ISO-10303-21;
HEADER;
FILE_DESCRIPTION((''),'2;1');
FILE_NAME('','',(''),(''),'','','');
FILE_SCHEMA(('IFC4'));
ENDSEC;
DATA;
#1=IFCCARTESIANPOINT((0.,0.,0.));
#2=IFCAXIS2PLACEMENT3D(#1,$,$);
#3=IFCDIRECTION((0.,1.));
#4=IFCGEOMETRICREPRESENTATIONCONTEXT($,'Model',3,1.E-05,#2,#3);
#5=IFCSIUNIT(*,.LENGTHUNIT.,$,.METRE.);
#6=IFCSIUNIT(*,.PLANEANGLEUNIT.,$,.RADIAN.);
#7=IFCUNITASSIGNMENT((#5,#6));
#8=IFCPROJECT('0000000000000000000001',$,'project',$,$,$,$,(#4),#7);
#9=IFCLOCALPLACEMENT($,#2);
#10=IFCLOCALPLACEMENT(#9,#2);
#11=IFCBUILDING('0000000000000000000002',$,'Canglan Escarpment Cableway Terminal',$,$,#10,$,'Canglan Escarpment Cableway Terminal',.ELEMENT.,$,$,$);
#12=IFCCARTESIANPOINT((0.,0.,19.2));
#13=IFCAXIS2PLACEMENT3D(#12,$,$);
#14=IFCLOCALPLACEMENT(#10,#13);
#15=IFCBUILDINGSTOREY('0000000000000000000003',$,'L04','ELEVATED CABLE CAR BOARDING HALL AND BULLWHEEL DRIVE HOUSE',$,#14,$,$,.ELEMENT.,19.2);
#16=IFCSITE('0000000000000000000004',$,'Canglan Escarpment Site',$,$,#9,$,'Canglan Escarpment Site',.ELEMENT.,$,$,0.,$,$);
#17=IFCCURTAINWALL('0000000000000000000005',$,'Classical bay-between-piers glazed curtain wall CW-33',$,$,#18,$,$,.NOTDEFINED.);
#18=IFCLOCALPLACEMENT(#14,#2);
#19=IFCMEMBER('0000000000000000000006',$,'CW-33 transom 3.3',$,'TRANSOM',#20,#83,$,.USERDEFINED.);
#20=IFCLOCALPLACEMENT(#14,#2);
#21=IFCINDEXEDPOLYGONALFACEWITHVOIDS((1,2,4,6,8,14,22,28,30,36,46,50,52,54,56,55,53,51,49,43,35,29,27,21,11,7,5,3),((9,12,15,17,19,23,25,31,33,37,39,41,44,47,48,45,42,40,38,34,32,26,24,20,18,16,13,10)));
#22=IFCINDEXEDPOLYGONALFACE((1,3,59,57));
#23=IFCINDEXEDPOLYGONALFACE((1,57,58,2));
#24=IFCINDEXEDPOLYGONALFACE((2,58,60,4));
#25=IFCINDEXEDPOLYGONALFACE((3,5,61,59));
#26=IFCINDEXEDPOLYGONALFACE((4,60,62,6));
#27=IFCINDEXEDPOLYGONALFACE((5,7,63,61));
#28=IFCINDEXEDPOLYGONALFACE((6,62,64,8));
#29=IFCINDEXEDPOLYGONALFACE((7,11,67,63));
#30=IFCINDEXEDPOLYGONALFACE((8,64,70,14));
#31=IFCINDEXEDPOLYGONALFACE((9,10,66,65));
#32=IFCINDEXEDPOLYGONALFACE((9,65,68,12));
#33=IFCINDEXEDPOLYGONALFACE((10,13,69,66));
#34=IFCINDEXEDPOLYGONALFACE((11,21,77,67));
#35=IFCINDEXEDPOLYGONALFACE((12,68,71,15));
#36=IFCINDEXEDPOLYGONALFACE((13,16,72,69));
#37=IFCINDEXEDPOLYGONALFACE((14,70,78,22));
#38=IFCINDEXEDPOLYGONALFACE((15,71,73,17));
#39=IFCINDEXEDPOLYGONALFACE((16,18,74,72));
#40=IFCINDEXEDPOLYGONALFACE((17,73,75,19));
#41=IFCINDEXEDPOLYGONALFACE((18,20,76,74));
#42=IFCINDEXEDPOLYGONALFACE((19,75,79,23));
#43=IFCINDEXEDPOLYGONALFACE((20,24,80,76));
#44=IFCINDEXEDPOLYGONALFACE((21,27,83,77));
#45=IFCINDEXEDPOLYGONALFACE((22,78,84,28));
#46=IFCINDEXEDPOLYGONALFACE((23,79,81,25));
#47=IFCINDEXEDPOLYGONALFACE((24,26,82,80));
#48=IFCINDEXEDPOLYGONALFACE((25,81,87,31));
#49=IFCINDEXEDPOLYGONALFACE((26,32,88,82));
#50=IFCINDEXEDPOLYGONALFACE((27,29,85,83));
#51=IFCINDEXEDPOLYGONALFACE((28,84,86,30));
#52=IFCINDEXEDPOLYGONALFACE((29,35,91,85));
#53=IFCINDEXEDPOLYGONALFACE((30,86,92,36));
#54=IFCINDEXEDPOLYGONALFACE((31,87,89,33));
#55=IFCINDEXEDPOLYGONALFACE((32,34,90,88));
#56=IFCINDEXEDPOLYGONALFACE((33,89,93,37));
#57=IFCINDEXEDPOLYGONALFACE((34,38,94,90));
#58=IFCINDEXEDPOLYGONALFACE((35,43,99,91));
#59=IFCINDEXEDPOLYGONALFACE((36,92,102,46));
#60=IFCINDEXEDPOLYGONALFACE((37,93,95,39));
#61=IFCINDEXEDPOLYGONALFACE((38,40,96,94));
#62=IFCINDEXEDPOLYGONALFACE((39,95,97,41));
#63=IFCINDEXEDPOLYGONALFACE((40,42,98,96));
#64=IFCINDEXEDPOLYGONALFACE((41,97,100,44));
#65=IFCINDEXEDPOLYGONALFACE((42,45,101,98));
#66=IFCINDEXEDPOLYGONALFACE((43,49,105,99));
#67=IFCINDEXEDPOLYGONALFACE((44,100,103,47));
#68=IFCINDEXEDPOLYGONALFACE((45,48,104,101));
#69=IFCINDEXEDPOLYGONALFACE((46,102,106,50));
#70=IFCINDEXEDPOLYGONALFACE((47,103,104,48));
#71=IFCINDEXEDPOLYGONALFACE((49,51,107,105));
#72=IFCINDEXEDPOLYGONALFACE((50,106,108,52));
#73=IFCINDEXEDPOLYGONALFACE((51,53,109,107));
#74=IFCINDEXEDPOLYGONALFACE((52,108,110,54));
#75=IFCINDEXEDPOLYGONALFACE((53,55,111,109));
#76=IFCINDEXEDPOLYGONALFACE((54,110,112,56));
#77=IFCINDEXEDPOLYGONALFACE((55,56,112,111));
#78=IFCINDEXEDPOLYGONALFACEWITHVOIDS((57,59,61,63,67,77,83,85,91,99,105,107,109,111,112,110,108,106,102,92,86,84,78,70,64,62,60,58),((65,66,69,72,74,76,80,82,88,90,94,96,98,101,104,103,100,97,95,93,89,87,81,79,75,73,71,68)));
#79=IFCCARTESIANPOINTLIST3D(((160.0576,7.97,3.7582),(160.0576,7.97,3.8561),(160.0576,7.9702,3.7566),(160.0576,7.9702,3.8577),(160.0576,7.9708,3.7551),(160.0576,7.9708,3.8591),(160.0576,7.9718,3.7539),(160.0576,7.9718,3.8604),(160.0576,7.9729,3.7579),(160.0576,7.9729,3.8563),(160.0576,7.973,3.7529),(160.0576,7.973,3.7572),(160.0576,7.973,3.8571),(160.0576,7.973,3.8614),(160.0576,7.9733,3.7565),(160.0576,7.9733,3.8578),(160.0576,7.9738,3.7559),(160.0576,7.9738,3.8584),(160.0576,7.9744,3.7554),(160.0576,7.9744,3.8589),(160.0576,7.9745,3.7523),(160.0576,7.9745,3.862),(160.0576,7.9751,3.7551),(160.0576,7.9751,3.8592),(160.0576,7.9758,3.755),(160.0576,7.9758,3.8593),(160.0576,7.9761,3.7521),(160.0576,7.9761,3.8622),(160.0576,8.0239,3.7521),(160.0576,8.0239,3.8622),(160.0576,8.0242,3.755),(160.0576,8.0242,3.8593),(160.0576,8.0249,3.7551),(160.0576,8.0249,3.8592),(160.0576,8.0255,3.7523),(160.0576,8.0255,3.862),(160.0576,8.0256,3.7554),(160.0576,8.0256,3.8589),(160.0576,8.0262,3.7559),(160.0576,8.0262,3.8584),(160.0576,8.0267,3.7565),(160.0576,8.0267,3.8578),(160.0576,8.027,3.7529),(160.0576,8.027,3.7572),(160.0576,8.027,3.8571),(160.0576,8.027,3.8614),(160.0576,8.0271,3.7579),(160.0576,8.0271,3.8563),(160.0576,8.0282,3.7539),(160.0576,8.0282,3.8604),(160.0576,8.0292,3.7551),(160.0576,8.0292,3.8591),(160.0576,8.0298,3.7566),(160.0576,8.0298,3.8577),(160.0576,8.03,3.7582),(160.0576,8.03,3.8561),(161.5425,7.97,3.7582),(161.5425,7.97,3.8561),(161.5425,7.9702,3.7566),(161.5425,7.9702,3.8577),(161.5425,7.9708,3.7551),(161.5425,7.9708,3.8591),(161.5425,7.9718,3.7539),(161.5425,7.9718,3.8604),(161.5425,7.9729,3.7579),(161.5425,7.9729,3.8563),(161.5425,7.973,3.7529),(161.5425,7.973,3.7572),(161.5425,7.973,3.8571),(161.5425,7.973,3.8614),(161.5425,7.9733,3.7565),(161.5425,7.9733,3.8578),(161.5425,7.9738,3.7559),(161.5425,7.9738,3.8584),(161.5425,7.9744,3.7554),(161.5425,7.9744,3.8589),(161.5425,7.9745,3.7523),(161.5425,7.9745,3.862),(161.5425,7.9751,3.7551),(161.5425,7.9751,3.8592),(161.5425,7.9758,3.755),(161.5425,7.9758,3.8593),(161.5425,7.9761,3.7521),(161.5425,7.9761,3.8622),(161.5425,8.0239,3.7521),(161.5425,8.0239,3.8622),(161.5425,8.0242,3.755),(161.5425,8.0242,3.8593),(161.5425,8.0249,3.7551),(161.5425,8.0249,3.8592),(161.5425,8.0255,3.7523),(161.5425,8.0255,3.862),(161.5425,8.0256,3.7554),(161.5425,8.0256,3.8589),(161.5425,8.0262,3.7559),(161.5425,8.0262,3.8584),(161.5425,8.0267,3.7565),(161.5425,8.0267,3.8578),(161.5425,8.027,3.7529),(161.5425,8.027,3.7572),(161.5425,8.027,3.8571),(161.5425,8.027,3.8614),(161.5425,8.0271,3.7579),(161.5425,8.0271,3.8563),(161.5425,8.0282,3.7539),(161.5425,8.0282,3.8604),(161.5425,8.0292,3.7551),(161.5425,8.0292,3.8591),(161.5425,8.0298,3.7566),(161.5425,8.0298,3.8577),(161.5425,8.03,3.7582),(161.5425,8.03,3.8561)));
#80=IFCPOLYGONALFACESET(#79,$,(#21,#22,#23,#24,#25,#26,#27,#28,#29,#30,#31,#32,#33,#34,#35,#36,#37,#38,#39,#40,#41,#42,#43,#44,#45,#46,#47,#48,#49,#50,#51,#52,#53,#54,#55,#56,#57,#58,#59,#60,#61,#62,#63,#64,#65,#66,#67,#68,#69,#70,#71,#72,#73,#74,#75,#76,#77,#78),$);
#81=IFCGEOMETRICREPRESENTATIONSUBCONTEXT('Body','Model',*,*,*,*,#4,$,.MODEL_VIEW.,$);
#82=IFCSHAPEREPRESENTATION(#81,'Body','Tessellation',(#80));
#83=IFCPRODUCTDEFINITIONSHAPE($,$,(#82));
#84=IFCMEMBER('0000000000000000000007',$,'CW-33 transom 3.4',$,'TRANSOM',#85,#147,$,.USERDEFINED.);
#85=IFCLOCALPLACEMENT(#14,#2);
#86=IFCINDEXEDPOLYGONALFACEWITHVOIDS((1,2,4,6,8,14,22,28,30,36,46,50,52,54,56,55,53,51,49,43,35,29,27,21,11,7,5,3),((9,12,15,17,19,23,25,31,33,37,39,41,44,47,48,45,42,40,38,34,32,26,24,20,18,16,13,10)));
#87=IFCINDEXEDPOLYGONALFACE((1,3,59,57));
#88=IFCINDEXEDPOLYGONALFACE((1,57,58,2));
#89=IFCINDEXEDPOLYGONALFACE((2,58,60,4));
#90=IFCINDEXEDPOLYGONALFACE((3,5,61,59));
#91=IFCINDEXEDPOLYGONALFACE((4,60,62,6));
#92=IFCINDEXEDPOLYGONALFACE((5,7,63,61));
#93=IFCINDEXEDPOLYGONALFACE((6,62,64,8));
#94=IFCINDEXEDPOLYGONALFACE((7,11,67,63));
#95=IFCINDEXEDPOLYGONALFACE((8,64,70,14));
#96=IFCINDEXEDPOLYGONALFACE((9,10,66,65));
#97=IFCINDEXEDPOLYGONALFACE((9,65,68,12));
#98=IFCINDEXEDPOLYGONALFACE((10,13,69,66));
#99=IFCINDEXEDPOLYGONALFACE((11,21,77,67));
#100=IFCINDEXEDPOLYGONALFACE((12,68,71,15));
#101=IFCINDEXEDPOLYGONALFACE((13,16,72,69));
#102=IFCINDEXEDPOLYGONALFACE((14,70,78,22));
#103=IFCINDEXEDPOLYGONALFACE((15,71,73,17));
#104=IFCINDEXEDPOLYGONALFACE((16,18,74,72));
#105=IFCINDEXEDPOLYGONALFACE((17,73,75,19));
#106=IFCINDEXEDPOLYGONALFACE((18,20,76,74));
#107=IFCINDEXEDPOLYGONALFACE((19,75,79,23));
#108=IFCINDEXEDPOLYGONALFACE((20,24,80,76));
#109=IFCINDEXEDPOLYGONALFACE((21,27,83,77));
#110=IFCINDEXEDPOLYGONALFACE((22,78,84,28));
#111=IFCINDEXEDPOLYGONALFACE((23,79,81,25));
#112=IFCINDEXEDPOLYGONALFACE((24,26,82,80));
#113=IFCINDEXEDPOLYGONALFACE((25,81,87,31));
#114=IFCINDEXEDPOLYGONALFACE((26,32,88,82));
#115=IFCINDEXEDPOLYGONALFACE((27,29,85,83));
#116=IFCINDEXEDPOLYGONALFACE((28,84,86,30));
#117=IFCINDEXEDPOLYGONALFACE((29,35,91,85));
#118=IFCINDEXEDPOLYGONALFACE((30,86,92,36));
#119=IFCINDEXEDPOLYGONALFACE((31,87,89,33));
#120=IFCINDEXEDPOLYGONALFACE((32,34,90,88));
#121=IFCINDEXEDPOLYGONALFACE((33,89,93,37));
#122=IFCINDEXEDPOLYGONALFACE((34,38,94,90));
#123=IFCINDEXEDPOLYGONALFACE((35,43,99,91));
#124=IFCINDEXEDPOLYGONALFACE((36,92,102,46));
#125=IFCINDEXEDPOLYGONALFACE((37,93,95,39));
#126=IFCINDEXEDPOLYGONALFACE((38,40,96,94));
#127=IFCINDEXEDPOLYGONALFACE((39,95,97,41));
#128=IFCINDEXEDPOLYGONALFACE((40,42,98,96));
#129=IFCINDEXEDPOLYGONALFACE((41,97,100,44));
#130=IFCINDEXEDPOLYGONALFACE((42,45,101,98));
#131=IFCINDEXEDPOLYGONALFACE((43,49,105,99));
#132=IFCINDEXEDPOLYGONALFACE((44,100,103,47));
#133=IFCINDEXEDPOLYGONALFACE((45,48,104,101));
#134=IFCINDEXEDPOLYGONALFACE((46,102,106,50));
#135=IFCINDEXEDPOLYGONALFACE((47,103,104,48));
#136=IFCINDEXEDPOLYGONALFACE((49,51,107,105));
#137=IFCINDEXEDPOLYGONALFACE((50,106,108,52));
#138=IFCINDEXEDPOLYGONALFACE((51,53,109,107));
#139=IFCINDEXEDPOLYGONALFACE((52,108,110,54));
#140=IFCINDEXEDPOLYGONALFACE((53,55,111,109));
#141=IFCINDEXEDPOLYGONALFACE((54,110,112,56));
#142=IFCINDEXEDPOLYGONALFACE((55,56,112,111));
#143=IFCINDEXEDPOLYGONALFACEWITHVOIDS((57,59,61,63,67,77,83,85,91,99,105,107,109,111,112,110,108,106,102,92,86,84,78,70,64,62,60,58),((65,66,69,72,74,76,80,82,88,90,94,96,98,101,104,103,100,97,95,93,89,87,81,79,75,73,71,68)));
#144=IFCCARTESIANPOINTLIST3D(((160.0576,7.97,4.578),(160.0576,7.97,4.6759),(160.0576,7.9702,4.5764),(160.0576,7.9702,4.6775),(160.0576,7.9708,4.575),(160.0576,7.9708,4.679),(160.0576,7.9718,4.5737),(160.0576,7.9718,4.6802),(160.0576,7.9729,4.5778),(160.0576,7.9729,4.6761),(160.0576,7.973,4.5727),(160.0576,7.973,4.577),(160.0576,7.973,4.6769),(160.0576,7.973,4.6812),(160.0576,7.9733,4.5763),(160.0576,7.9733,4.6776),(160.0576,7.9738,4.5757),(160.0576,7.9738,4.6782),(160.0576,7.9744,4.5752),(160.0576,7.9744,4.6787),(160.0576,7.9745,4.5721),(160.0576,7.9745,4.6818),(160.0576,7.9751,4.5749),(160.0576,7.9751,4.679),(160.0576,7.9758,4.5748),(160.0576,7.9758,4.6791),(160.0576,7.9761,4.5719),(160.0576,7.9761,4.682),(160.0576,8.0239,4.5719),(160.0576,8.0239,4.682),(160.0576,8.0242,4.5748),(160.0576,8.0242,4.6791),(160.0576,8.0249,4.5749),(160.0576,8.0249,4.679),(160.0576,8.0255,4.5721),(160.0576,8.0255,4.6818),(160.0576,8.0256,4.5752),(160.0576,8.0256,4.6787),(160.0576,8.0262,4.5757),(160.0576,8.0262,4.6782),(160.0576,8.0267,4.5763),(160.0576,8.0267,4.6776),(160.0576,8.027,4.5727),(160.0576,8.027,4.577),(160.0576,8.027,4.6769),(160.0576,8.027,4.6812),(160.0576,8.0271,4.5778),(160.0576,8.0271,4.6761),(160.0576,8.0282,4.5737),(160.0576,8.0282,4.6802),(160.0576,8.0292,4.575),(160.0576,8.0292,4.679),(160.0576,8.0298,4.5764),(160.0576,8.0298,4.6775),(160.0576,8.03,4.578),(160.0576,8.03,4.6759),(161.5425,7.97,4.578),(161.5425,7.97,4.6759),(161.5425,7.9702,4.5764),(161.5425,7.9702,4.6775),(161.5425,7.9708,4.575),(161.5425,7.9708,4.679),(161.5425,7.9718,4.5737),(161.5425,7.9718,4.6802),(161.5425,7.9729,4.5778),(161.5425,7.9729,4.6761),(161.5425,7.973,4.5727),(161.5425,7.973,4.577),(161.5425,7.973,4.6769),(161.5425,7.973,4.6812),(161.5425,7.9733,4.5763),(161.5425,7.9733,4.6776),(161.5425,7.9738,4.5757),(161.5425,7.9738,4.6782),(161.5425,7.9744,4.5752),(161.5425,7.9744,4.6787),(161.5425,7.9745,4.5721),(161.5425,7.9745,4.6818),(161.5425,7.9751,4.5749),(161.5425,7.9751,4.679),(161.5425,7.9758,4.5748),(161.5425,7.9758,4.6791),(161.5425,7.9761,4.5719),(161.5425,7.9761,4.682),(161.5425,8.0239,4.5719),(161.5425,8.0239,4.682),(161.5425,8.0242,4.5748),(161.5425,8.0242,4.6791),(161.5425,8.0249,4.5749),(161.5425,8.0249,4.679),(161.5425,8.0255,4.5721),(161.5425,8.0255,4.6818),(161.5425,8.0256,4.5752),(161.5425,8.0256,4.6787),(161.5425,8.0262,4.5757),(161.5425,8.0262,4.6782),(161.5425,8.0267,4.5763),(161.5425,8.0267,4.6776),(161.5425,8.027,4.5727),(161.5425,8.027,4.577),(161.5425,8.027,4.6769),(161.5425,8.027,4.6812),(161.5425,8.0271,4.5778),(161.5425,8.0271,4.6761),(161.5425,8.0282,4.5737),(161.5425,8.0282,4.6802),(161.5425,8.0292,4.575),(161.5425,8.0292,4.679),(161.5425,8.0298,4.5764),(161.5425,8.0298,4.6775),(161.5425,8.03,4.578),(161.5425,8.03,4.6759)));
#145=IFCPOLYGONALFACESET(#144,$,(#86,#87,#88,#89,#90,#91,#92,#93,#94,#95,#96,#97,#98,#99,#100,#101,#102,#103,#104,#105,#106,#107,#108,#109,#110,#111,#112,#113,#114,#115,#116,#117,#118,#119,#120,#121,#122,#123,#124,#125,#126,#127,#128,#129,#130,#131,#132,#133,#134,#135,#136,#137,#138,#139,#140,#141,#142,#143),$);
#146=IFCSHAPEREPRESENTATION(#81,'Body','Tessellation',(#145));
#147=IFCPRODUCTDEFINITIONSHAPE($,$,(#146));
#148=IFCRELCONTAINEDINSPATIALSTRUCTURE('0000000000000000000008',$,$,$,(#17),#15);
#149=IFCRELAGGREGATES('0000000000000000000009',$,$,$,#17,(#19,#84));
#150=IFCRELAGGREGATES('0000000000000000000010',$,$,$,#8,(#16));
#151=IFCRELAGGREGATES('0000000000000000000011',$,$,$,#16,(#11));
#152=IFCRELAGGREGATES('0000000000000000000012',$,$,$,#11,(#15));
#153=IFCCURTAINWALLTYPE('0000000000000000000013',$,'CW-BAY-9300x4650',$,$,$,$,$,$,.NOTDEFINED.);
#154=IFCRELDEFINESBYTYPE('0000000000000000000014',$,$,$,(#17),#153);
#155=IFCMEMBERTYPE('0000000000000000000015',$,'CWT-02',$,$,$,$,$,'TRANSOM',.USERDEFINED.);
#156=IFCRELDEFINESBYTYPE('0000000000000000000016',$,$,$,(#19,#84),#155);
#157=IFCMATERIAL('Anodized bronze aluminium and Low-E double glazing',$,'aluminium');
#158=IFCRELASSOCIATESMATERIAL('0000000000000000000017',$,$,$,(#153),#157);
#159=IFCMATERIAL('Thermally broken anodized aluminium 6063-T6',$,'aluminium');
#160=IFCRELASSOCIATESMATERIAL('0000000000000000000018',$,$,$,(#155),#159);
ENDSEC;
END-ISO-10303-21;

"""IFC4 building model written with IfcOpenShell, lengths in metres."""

from ifc_helpers import new_model, si_unit, direction, frame, origin, origin_2d, place, context, subcontext, project, spatial, hollow_rectangle, extrude, material, material_profile, profile_set, type_object, element, aggregate, save


model = new_model("IFC4")

# Units and contexts
model_context = context("Model", 3, precision=1e-05, world=origin(), true_north=direction((0.0, 1.0)))
body_context = subcontext(model_context, "Body", "Model", "MODEL_VIEW")
ifc_project = project(units=[si_unit("LENGTHUNIT", "METRE"), si_unit("PLANEANGLEUNIT", "RADIAN")], contexts=[model_context])

# Site, building, storey
site_placement = place(None, origin())
site = spatial("IfcSite", under=ifc_project, at=site_placement, Name="Canglan Escarpment Site", LongName="Canglan Escarpment Site", CompositionType="ELEMENT", RefElevation=0.0)
building_placement = place(site_placement, origin())
building = spatial("IfcBuilding", under=site, at=building_placement, Name="Canglan Escarpment Cableway Terminal", LongName="Canglan Escarpment Cableway Terminal", CompositionType="ELEMENT")
storey_placement = place(building_placement, frame((0.0, 0.0, 19.2)))
storey = spatial("IfcBuildingStorey", under=building, at=storey_placement, Name="L04", Description="ELEVATED CABLE CAR BOARDING HALL AND BULLWHEEL DRIVE HOUSE", CompositionType="ELEMENT", Elevation=19.2)

# Curtain wall, members
ifc_material_1 = material(Name="Anodized bronze aluminium and Low-E double glazing", Category="aluminium")
curtain_wall_type = type_object("IfcCurtainWallType", Name="CW-BAY-9300x4650", PredefinedType="NOTDEFINED", material=ifc_material_1)
curtain_wall_placement = place(storey_placement, origin())
curtain_wall = element("IfcCurtainWall", 1, at=curtain_wall_placement, inside=storey, type_object=curtain_wall_type, Name="Classical bay-between-piers glazed curtain wall CW-33", PredefinedType="NOTDEFINED")
ifc_material_2 = material(Name="Thermally broken anodized aluminium 6063-T6", Category="aluminium")
ifc_material_profile_1 = material_profile(ifc_material_2, hollow_rectangle(XDim=0.0601, YDim=0.1101, WallThickness=0.0029, InnerFilletRadius=0.0029, OuterFilletRadius=0.0061, at=origin_2d()), Name="ALU-TRAN 60x110x3")
ifc_profile_set_1 = profile_set([ifc_material_profile_1], Name="Thermally broken anodized aluminium 6063-T6")
member_type_1 = type_object("IfcMemberType", Name="CWT-02", ElementType="TRANSOM", PredefinedType="USERDEFINED", material=ifc_profile_set_1)
member_1_placement = place(storey_placement, frame((160.0576, 8.0, 3.8071), z_axis=(1.0, 0.0, 0.0), x_axis=(0.0, 1.0, 0.0)))
member_1 = element("IfcMember", 2, at=member_1_placement, type_object=member_type_1, Name="CW-33 transom 3.3", ObjectType="TRANSOM", PredefinedType="USERDEFINED", context=body_context, shape_type="SweptSolid", body=[
    extrude(hollow_rectangle(XDim=0.0601, YDim=0.1101, WallThickness=0.0029, InnerFilletRadius=0.0029, OuterFilletRadius=0.0061, at=origin_2d()), origin(), (0.0, 0.0, 1.0), 1.4849),
])
member_2_placement = place(storey_placement, frame((160.0576, 8.0, 4.627), z_axis=(1.0, 0.0, 0.0), x_axis=(0.0, 1.0, 0.0)))
member_2 = element("IfcMember", 3, at=member_2_placement, type_object=member_type_1, Name="CW-33 transom 3.4", ObjectType="TRANSOM", PredefinedType="USERDEFINED", context=body_context, shape_type="SweptSolid", body=[
    extrude(hollow_rectangle(XDim=0.0601, YDim=0.1101, WallThickness=0.0029, InnerFilletRadius=0.0029, OuterFilletRadius=0.0061, at=origin_2d()), origin(), (0.0, 0.0, 1.0), 1.4849),
])
aggregate(curtain_wall, [member_1, member_2])

save(model, "model.ifc")
